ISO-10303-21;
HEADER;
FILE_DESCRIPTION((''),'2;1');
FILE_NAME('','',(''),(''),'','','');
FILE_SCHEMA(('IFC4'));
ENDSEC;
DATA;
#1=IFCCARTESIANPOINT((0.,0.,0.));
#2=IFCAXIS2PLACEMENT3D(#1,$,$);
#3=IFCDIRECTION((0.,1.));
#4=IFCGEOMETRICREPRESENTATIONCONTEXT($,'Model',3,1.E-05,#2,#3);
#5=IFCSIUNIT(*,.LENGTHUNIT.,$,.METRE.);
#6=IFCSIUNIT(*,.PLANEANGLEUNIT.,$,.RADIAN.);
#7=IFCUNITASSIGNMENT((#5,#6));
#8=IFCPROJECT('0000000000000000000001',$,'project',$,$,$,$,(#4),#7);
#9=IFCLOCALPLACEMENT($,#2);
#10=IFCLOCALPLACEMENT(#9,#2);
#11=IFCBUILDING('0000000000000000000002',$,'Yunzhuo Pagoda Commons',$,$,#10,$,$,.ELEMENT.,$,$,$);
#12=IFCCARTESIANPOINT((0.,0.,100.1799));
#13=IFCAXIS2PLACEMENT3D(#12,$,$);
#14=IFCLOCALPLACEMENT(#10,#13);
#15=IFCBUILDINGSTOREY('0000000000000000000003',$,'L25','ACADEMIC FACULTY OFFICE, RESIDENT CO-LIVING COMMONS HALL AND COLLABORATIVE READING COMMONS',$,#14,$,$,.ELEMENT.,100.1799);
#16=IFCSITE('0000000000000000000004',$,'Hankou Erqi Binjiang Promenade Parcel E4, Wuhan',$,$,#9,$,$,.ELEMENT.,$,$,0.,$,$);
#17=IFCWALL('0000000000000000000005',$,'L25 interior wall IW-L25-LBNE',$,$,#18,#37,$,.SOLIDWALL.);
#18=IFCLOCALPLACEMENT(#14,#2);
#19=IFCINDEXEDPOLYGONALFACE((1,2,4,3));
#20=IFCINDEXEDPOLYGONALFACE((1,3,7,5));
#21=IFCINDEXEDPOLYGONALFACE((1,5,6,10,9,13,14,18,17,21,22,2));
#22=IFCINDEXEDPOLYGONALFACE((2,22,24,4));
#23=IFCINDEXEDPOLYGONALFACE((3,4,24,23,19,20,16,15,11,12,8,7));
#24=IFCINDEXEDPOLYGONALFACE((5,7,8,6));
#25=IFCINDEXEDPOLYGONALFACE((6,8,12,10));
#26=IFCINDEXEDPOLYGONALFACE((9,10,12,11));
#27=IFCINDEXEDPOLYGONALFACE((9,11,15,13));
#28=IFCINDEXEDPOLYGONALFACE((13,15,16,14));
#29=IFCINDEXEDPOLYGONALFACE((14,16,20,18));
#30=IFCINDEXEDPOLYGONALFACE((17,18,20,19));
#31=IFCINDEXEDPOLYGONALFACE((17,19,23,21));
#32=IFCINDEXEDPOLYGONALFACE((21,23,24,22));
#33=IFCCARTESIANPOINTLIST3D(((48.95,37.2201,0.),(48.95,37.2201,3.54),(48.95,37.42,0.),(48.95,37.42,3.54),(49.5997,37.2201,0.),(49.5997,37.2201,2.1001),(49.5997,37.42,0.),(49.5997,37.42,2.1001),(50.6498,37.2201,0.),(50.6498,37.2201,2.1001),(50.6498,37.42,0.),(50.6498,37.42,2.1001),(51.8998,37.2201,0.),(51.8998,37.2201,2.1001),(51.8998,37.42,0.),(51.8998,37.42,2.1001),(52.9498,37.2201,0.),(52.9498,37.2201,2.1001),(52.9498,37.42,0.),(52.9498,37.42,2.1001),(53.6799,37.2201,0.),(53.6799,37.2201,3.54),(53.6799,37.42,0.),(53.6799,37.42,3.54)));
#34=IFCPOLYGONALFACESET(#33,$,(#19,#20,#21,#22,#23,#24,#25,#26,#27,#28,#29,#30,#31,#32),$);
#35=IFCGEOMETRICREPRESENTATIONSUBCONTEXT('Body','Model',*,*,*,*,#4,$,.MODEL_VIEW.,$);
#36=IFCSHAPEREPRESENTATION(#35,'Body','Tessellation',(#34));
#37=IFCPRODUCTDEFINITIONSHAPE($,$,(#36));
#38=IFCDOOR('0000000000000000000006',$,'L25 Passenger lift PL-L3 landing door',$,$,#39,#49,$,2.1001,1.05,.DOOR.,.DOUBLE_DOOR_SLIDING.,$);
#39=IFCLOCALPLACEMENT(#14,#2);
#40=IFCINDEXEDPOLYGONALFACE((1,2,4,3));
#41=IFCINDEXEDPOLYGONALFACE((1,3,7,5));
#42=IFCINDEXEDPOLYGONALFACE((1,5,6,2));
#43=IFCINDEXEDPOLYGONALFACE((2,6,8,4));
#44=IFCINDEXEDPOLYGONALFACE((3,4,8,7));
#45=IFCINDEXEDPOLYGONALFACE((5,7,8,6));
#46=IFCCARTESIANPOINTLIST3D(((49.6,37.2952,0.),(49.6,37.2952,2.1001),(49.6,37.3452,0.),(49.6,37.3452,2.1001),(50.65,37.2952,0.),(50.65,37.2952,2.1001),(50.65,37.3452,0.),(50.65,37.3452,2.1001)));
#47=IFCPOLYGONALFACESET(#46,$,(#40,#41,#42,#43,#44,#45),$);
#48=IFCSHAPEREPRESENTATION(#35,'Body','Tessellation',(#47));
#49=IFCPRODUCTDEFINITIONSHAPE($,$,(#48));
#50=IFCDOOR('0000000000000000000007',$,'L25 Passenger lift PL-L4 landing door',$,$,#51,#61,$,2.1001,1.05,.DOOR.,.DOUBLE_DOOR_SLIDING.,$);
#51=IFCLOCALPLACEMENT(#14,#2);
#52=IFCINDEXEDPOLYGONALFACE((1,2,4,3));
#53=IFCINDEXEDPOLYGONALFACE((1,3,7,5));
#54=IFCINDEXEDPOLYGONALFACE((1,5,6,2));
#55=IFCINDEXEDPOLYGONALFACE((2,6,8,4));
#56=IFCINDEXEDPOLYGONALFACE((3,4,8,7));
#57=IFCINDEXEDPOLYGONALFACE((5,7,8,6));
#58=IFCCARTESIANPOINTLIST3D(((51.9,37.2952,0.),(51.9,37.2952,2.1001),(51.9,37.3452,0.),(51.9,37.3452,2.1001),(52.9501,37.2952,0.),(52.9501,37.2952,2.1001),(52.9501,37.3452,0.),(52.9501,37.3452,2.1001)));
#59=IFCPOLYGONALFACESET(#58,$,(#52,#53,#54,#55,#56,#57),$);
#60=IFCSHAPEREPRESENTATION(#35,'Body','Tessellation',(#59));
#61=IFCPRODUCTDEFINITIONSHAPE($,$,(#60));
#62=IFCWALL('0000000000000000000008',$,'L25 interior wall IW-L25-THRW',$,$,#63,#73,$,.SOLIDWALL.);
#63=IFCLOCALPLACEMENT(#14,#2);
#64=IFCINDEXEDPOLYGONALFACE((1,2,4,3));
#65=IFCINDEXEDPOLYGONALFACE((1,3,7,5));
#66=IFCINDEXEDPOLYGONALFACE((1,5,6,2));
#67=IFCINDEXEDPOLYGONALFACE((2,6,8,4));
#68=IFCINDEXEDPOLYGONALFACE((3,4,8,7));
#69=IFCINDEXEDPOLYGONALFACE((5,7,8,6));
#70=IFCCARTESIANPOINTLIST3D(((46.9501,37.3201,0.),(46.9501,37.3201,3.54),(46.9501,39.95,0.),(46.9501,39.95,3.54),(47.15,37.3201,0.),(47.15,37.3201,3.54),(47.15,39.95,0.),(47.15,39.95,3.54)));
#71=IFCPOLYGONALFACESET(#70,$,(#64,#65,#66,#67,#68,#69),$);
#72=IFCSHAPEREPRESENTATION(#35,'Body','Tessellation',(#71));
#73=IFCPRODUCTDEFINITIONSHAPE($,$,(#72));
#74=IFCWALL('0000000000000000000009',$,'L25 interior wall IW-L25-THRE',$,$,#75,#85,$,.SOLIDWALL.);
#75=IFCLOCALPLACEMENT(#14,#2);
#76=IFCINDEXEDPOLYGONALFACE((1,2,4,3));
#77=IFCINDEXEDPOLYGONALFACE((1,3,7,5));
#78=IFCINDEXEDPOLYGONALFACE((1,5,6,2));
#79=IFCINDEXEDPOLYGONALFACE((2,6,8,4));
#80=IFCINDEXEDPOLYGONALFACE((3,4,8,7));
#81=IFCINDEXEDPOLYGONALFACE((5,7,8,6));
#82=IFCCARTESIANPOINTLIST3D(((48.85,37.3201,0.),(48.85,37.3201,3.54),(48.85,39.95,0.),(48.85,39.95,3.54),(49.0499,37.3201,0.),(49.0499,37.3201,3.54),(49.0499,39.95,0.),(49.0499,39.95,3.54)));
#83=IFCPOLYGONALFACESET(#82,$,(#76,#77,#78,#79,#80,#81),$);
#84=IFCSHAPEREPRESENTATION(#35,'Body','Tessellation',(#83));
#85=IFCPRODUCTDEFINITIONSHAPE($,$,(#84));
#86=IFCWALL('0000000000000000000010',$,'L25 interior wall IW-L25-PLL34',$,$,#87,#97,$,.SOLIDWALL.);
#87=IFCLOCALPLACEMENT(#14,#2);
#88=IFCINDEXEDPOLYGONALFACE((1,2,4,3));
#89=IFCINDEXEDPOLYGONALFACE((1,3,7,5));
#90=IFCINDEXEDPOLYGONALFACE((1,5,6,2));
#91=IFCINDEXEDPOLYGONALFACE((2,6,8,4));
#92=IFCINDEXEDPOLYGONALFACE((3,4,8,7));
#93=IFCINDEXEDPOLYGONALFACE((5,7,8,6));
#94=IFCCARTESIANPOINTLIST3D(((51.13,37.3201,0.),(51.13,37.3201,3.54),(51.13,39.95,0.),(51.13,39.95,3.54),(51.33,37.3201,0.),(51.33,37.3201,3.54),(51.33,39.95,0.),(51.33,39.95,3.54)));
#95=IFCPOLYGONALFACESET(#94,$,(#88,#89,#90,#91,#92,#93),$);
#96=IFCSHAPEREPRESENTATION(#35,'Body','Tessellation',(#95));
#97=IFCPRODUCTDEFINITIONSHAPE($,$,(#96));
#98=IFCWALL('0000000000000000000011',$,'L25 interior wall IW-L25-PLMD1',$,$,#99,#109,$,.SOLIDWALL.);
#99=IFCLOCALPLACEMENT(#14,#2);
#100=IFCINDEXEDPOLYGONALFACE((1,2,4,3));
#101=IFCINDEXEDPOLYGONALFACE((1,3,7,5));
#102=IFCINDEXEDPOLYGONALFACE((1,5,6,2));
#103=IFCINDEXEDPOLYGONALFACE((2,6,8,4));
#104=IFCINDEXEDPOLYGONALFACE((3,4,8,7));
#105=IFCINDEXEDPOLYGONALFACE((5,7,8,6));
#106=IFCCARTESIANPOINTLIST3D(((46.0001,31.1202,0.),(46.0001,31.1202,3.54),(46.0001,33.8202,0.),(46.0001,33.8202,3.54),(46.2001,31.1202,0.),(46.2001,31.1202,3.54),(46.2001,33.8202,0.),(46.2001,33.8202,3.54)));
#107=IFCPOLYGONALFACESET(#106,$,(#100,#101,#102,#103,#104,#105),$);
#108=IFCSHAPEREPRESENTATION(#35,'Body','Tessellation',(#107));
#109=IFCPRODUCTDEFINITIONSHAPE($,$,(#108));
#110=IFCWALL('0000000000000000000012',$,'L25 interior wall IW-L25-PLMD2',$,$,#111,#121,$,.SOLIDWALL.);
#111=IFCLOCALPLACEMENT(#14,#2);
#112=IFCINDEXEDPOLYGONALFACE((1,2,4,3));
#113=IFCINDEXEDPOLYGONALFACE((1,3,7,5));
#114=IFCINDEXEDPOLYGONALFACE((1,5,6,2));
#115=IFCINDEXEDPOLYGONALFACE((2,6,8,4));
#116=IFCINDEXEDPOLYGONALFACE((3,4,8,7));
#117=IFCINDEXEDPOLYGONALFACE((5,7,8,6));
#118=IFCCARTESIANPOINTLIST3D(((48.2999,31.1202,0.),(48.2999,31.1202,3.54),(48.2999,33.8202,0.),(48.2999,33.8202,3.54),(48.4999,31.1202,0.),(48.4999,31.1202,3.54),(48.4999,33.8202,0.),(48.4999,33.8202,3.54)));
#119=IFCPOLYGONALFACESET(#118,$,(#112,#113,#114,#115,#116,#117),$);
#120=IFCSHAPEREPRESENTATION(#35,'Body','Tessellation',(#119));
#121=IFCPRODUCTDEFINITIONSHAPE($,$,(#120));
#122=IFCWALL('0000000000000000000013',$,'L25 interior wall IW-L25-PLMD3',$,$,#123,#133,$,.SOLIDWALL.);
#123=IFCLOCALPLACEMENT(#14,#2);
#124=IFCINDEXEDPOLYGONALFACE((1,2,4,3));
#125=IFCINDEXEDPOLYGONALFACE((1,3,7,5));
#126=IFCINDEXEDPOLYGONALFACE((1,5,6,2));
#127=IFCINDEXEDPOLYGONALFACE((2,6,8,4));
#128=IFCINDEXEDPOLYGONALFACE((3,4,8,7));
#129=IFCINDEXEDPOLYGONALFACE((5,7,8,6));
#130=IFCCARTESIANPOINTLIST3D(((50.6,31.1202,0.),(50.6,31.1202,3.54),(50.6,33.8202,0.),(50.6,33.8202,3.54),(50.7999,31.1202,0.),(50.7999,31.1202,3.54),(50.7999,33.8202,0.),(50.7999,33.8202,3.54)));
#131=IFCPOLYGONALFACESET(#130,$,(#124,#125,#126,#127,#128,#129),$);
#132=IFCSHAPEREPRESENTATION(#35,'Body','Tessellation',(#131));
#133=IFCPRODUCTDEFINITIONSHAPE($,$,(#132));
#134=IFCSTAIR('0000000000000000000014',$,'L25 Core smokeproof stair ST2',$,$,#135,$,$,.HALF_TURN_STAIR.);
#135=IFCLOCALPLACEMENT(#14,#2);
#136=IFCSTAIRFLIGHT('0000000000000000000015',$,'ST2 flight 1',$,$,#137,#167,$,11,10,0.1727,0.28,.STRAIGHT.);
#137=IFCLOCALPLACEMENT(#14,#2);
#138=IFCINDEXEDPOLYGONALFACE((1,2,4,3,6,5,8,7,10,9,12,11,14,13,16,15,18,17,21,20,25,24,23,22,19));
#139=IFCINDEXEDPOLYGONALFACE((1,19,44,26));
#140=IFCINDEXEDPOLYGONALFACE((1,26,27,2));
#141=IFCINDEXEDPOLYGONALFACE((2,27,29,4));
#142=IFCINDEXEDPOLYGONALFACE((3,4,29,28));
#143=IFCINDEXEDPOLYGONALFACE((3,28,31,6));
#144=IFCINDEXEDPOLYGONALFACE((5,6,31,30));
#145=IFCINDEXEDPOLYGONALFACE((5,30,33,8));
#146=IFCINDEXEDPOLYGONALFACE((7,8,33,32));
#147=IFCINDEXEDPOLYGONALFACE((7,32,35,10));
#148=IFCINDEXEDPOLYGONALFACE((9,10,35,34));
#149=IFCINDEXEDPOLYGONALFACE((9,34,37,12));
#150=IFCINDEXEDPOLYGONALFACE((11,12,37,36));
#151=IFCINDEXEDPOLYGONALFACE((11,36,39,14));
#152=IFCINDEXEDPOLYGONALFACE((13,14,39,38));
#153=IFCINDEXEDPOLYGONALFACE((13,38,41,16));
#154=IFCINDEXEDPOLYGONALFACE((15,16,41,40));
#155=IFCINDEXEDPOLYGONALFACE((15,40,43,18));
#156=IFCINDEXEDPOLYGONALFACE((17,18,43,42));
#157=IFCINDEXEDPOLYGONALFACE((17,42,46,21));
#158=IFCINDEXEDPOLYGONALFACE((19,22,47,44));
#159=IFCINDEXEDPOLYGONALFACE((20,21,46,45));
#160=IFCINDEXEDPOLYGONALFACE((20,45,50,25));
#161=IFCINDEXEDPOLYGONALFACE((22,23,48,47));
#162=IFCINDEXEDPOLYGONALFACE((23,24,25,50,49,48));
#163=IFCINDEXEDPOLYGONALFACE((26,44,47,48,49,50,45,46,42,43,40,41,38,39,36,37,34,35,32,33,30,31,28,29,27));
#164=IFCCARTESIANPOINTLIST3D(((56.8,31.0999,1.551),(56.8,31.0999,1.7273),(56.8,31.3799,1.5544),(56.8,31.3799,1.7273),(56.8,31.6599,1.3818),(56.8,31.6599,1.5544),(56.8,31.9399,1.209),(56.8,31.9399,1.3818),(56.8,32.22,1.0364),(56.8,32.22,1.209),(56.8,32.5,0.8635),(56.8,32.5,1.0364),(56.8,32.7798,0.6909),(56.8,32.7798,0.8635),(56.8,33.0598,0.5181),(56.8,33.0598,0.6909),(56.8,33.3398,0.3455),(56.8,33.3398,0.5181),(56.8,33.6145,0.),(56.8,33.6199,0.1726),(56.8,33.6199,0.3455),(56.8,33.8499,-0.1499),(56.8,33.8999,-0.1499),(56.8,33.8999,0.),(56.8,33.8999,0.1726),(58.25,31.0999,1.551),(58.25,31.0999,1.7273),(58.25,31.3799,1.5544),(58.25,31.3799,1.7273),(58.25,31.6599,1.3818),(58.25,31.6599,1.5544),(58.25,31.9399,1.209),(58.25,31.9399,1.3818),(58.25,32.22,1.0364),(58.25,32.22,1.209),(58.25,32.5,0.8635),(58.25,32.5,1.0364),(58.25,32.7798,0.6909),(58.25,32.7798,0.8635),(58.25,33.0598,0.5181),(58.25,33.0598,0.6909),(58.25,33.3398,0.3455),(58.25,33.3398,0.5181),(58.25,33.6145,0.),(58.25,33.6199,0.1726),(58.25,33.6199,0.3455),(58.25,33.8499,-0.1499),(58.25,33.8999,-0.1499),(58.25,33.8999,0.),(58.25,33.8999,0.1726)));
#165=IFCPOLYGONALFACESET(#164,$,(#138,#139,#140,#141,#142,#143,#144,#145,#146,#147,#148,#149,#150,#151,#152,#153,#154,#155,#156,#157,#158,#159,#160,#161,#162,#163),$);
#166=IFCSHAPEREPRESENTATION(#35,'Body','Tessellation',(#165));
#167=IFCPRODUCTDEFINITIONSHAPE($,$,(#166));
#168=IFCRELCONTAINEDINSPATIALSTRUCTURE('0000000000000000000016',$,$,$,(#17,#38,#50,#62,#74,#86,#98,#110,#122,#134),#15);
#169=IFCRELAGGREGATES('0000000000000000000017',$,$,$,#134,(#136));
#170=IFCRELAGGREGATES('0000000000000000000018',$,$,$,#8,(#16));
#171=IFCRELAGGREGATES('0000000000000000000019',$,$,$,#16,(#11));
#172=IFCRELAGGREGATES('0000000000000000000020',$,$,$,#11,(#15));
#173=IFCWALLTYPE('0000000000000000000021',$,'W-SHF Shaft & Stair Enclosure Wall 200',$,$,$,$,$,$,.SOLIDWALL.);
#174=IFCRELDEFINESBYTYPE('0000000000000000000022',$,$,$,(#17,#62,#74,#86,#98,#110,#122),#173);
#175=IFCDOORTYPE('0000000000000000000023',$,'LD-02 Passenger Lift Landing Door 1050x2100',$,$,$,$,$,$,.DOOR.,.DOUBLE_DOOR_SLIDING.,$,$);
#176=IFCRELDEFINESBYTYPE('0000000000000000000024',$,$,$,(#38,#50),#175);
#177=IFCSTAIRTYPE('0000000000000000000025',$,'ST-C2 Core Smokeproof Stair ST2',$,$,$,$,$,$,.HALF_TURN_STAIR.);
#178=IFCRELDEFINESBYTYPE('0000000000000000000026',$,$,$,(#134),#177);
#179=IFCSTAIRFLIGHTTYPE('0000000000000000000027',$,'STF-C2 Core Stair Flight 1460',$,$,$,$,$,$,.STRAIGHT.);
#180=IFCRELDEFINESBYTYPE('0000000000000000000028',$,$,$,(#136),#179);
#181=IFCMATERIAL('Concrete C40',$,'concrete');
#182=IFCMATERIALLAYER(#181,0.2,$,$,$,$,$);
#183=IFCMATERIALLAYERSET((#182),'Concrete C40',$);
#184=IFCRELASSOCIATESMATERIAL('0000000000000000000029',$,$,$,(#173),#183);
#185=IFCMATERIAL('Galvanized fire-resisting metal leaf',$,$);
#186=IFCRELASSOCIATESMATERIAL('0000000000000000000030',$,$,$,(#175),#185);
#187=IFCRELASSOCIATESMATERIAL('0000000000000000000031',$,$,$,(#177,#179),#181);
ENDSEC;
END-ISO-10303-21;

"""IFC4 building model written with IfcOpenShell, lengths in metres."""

from ifc_helpers import new_model, si_unit, direction, frame, frame_2d, origin, place, context, subcontext, project, spatial, polyline, rectangle, outline, extrude, source, transform, mapped, material, layer, layer_set, type_object, element, fill, aggregate, save


model = new_model("IFC4")

# Units and contexts
model_context = context("Model", 3, precision=1e-05, world=origin(), true_north=direction((0.0, 1.0)))
body_context = subcontext(model_context, "Body", "Model", "MODEL_VIEW")
ifc_project = project(units=[si_unit("LENGTHUNIT", "METRE"), si_unit("PLANEANGLEUNIT", "RADIAN")], contexts=[model_context])

# Site, building, storey
site_placement = place(None, origin())
site = spatial("IfcSite", under=ifc_project, at=site_placement, Name="Hankou Erqi Binjiang Promenade Parcel E4, Wuhan", CompositionType="ELEMENT", RefElevation=0.0)
building_placement = place(site_placement, origin())
building = spatial("IfcBuilding", under=site, at=building_placement, Name="Yunzhuo Pagoda Commons", CompositionType="ELEMENT")
storey_placement = place(building_placement, frame((0.0, 0.0, 100.1799)))
storey = spatial("IfcBuildingStorey", under=building, at=storey_placement, Name="L25", Description="ACADEMIC FACULTY OFFICE, RESIDENT CO-LIVING COMMONS HALL AND COLLABORATIVE READING COMMONS", CompositionType="ELEMENT", Elevation=100.1799)

# Shared definitions
ifc_material_1 = material(Name="Galvanized fire-resisting metal leaf")
shared_shape_1 = source(origin(), body_context, "Body", "SweptSolid", [
    extrude(rectangle(XDim=1.05, YDim=2.1001, at=frame_2d((0.5249, 1.05))), frame((0.0, 0.0249, 0.0), z_axis=(0.0, -1.0, 0.0), x_axis=(1.0, 0.0, 0.0)), (0.0, 0.0, 1.0), 0.05),
])

# Shared definitions
ifc_material_2 = material(Name="Concrete C40", Category="concrete")
ifc_layer_1 = layer(ifc_material_2, 0.2)
ifc_layer_set_1 = layer_set([ifc_layer_1], Name="Concrete C40")
wall_type_1 = type_object("IfcWallType", Name="W-SHF Shaft & Stair Enclosure Wall 200", PredefinedType="SOLIDWALL", material=ifc_layer_set_1)

# Wall, openings, doors
wall_1_placement = place(storey_placement, frame((48.95, 37.3201, 0.0), z_axis=(0.0, 0.0, 1.0), x_axis=(1.0, 0.0, 0.0)))
wall_1 = element("IfcWall", 1, at=wall_1_placement, inside=storey, type_object=wall_type_1, Name="L25 interior wall IW-L25-LBNE", PredefinedType="SOLIDWALL", context=body_context, shape_type="SweptSolid", body=[
    extrude(rectangle(XDim=4.73, YDim=0.2, at=frame_2d((2.365, 0.0))), origin(), (0.0, 0.0, 1.0), 3.54),
])
opening_1_placement = place(wall_1_placement, frame((0.6499, 0.0, 0.0)))
opening_1 = element("IfcOpeningElement", 2, at=opening_1_placement, cuts=wall_1, PredefinedType="OPENING", context=body_context, shape_type="SweptSolid", body=[
    extrude(rectangle(XDim=1.05, YDim=2.1001, at=frame_2d((0.5249, 1.05))), frame((0.0, 0.1099, 0.0), z_axis=(0.0, -1.0, 0.0), x_axis=(1.0, 0.0, 0.0)), (0.0, 0.0, 1.0), 0.22),
])
opening_2_placement = place(wall_1_placement, frame((2.95, 0.0, 0.0)))
opening_2 = element("IfcOpeningElement", 3, at=opening_2_placement, cuts=wall_1, PredefinedType="OPENING", context=body_context, shape_type="SweptSolid", body=[
    extrude(rectangle(XDim=1.05, YDim=2.1001, at=frame_2d((0.5249, 1.05))), frame((0.0, 0.1099, 0.0), z_axis=(0.0, -1.0, 0.0), x_axis=(1.0, 0.0, 0.0)), (0.0, 0.0, 1.0), 0.22),
])
door_type_1 = type_object("IfcDoorType", Name="LD-02 Passenger Lift Landing Door 1050x2100", OperationType="DOUBLE_DOOR_SLIDING", PredefinedType="DOOR", material=ifc_material_1)
door_1_placement = place(opening_1_placement, frame((1.05, 0.0, 0.0), z_axis=(0.0, 0.0, 1.0), x_axis=(-1.0, 0.0, 0.0)))
door_1 = element("IfcDoor", 4, at=door_1_placement, inside=storey, type_object=door_type_1, Name="L25 Passenger lift PL-L3 landing door", OperationType="DOUBLE_DOOR_SLIDING", OverallHeight=2.1001, OverallWidth=1.05, PredefinedType="DOOR", context=body_context, shape_type="MappedRepresentation", body=[
    mapped(shared_shape_1, transform((0.0, 0.0, 0.0), scale=1.0)),
])
fill(opening_1, door_1)
door_2_placement = place(opening_2_placement, frame((1.05, 0.0, 0.0), z_axis=(0.0, 0.0, 1.0), x_axis=(-1.0, 0.0, 0.0)))
door_2 = element("IfcDoor", 5, at=door_2_placement, inside=storey, type_object=door_type_1, Name="L25 Passenger lift PL-L4 landing door", OperationType="DOUBLE_DOOR_SLIDING", OverallHeight=2.1001, OverallWidth=1.05, PredefinedType="DOOR", context=body_context, shape_type="MappedRepresentation", body=[
    mapped(shared_shape_1, transform((0.0, 0.0, 0.0), scale=1.0)),
])
fill(opening_2, door_2)

# Walls
for number, where, z_axis, x_axis, name in (
    (6, (47.05, 37.3201, 0.0), (0.0, 0.0, 1.0), (0.0, 1.0, 0.0), "L25 interior wall IW-L25-THRW"),
    (7, (48.95, 37.3201, 0.0), (0.0, 0.0, 1.0), (0.0, 1.0, 0.0), "L25 interior wall IW-L25-THRE"),
    (8, (51.23, 37.3201, 0.0), (0.0, 0.0, 1.0), (0.0, 1.0, 0.0), "L25 interior wall IW-L25-PLL34"),
):
    element("IfcWall", number, at=place(storey_placement, frame(where, z_axis=z_axis, x_axis=x_axis)), inside=storey, type_object=wall_type_1, Name=name, PredefinedType="SOLIDWALL", context=body_context, shape_type="SweptSolid", body=[
        extrude(rectangle(XDim=2.6299, YDim=0.2, at=frame_2d((1.3149, 0.0))), origin(), (0.0, 0.0, 1.0), 3.54),
    ])
for number, where, z_axis, x_axis, name in (
    (9, (46.1001, 31.1201, 0.0), (0.0, 0.0, 1.0), (0.0, 1.0, 0.0), "L25 interior wall IW-L25-PLMD1"),
    (10, (48.3999, 31.1201, 0.0), (0.0, 0.0, 1.0), (0.0, 1.0, 0.0), "L25 interior wall IW-L25-PLMD2"),
    (11, (50.7, 31.1201, 0.0), (0.0, 0.0, 1.0), (0.0, 1.0, 0.0), "L25 interior wall IW-L25-PLMD3"),
):
    element("IfcWall", number, at=place(storey_placement, frame(where, z_axis=z_axis, x_axis=x_axis)), inside=storey, type_object=wall_type_1, Name=name, PredefinedType="SOLIDWALL", context=body_context, shape_type="SweptSolid", body=[
        extrude(rectangle(XDim=2.7, YDim=0.2, at=frame_2d((1.3501, 0.0))), origin(), (0.0, 0.0, 1.0), 3.54),
    ])

# Stair, stair flight
stair_type = type_object("IfcStairType", Name="ST-C2 Core Smokeproof Stair ST2", PredefinedType="HALF_TURN_STAIR", material=ifc_material_2)
stair_placement = place(storey_placement, origin())
stair = element("IfcStair", 12, at=stair_placement, inside=storey, type_object=stair_type, Name="L25 Core smokeproof stair ST2", PredefinedType="HALF_TURN_STAIR")
stair_flight_type = type_object("IfcStairFlightType", Name="STF-C2 Core Stair Flight 1460", PredefinedType="STRAIGHT", material=ifc_material_2)
shared_shape_2 = source(origin(), body_context, "Body", "SweptSolid", [
    extrude(outline(polyline([(0.0, -0.1499), (0.0, 0.0), (0.0, 0.1726), (0.28, 0.1726), (0.28, 0.3455), (0.5601, 0.3455), (0.5601, 0.5181), (0.8401, 0.5181), (0.8401, 0.6909), (1.1201, 0.6909), (1.1201, 0.8635), (1.3999, 0.8635), (1.3999, 1.0364), (1.6799, 1.0364), (1.6799, 1.209), (1.96, 1.209), (1.96, 1.3818), (2.24, 1.3818), (2.24, 1.5544), (2.52, 1.5544), (2.52, 1.7273), (2.8, 1.7273), (2.8, 1.8999), (2.8, 1.551), (0.2854, 0.0), (0.05, -0.1499), (0.0, -0.1499)])), frame((0.0, 0.7251, 0.0), z_axis=(0.0, -1.0, 0.0), x_axis=(1.0, 0.0, 0.0)), (0.0, 0.0, 1.0), 1.45),
])
stair_flight_placement = place(storey_placement, frame((57.5249, 33.8999, 0.0), z_axis=(0.0, 0.0, 1.0), x_axis=(0.0, -1.0, 0.0)))
stair_flight = element("IfcStairFlight", 13, at=stair_flight_placement, type_object=stair_flight_type, Name="ST2 flight 1", NumberOfRisers=11, NumberOfTreads=10, PredefinedType="STRAIGHT", RiserHeight=0.1727, TreadLength=0.28, context=body_context, shape_type="MappedRepresentation", body=[
    mapped(shared_shape_2, transform((0.0, 0.0, 0.0), scale=1.0)),
])
aggregate(stair, [stair_flight])

save(model, "model.ifc")
